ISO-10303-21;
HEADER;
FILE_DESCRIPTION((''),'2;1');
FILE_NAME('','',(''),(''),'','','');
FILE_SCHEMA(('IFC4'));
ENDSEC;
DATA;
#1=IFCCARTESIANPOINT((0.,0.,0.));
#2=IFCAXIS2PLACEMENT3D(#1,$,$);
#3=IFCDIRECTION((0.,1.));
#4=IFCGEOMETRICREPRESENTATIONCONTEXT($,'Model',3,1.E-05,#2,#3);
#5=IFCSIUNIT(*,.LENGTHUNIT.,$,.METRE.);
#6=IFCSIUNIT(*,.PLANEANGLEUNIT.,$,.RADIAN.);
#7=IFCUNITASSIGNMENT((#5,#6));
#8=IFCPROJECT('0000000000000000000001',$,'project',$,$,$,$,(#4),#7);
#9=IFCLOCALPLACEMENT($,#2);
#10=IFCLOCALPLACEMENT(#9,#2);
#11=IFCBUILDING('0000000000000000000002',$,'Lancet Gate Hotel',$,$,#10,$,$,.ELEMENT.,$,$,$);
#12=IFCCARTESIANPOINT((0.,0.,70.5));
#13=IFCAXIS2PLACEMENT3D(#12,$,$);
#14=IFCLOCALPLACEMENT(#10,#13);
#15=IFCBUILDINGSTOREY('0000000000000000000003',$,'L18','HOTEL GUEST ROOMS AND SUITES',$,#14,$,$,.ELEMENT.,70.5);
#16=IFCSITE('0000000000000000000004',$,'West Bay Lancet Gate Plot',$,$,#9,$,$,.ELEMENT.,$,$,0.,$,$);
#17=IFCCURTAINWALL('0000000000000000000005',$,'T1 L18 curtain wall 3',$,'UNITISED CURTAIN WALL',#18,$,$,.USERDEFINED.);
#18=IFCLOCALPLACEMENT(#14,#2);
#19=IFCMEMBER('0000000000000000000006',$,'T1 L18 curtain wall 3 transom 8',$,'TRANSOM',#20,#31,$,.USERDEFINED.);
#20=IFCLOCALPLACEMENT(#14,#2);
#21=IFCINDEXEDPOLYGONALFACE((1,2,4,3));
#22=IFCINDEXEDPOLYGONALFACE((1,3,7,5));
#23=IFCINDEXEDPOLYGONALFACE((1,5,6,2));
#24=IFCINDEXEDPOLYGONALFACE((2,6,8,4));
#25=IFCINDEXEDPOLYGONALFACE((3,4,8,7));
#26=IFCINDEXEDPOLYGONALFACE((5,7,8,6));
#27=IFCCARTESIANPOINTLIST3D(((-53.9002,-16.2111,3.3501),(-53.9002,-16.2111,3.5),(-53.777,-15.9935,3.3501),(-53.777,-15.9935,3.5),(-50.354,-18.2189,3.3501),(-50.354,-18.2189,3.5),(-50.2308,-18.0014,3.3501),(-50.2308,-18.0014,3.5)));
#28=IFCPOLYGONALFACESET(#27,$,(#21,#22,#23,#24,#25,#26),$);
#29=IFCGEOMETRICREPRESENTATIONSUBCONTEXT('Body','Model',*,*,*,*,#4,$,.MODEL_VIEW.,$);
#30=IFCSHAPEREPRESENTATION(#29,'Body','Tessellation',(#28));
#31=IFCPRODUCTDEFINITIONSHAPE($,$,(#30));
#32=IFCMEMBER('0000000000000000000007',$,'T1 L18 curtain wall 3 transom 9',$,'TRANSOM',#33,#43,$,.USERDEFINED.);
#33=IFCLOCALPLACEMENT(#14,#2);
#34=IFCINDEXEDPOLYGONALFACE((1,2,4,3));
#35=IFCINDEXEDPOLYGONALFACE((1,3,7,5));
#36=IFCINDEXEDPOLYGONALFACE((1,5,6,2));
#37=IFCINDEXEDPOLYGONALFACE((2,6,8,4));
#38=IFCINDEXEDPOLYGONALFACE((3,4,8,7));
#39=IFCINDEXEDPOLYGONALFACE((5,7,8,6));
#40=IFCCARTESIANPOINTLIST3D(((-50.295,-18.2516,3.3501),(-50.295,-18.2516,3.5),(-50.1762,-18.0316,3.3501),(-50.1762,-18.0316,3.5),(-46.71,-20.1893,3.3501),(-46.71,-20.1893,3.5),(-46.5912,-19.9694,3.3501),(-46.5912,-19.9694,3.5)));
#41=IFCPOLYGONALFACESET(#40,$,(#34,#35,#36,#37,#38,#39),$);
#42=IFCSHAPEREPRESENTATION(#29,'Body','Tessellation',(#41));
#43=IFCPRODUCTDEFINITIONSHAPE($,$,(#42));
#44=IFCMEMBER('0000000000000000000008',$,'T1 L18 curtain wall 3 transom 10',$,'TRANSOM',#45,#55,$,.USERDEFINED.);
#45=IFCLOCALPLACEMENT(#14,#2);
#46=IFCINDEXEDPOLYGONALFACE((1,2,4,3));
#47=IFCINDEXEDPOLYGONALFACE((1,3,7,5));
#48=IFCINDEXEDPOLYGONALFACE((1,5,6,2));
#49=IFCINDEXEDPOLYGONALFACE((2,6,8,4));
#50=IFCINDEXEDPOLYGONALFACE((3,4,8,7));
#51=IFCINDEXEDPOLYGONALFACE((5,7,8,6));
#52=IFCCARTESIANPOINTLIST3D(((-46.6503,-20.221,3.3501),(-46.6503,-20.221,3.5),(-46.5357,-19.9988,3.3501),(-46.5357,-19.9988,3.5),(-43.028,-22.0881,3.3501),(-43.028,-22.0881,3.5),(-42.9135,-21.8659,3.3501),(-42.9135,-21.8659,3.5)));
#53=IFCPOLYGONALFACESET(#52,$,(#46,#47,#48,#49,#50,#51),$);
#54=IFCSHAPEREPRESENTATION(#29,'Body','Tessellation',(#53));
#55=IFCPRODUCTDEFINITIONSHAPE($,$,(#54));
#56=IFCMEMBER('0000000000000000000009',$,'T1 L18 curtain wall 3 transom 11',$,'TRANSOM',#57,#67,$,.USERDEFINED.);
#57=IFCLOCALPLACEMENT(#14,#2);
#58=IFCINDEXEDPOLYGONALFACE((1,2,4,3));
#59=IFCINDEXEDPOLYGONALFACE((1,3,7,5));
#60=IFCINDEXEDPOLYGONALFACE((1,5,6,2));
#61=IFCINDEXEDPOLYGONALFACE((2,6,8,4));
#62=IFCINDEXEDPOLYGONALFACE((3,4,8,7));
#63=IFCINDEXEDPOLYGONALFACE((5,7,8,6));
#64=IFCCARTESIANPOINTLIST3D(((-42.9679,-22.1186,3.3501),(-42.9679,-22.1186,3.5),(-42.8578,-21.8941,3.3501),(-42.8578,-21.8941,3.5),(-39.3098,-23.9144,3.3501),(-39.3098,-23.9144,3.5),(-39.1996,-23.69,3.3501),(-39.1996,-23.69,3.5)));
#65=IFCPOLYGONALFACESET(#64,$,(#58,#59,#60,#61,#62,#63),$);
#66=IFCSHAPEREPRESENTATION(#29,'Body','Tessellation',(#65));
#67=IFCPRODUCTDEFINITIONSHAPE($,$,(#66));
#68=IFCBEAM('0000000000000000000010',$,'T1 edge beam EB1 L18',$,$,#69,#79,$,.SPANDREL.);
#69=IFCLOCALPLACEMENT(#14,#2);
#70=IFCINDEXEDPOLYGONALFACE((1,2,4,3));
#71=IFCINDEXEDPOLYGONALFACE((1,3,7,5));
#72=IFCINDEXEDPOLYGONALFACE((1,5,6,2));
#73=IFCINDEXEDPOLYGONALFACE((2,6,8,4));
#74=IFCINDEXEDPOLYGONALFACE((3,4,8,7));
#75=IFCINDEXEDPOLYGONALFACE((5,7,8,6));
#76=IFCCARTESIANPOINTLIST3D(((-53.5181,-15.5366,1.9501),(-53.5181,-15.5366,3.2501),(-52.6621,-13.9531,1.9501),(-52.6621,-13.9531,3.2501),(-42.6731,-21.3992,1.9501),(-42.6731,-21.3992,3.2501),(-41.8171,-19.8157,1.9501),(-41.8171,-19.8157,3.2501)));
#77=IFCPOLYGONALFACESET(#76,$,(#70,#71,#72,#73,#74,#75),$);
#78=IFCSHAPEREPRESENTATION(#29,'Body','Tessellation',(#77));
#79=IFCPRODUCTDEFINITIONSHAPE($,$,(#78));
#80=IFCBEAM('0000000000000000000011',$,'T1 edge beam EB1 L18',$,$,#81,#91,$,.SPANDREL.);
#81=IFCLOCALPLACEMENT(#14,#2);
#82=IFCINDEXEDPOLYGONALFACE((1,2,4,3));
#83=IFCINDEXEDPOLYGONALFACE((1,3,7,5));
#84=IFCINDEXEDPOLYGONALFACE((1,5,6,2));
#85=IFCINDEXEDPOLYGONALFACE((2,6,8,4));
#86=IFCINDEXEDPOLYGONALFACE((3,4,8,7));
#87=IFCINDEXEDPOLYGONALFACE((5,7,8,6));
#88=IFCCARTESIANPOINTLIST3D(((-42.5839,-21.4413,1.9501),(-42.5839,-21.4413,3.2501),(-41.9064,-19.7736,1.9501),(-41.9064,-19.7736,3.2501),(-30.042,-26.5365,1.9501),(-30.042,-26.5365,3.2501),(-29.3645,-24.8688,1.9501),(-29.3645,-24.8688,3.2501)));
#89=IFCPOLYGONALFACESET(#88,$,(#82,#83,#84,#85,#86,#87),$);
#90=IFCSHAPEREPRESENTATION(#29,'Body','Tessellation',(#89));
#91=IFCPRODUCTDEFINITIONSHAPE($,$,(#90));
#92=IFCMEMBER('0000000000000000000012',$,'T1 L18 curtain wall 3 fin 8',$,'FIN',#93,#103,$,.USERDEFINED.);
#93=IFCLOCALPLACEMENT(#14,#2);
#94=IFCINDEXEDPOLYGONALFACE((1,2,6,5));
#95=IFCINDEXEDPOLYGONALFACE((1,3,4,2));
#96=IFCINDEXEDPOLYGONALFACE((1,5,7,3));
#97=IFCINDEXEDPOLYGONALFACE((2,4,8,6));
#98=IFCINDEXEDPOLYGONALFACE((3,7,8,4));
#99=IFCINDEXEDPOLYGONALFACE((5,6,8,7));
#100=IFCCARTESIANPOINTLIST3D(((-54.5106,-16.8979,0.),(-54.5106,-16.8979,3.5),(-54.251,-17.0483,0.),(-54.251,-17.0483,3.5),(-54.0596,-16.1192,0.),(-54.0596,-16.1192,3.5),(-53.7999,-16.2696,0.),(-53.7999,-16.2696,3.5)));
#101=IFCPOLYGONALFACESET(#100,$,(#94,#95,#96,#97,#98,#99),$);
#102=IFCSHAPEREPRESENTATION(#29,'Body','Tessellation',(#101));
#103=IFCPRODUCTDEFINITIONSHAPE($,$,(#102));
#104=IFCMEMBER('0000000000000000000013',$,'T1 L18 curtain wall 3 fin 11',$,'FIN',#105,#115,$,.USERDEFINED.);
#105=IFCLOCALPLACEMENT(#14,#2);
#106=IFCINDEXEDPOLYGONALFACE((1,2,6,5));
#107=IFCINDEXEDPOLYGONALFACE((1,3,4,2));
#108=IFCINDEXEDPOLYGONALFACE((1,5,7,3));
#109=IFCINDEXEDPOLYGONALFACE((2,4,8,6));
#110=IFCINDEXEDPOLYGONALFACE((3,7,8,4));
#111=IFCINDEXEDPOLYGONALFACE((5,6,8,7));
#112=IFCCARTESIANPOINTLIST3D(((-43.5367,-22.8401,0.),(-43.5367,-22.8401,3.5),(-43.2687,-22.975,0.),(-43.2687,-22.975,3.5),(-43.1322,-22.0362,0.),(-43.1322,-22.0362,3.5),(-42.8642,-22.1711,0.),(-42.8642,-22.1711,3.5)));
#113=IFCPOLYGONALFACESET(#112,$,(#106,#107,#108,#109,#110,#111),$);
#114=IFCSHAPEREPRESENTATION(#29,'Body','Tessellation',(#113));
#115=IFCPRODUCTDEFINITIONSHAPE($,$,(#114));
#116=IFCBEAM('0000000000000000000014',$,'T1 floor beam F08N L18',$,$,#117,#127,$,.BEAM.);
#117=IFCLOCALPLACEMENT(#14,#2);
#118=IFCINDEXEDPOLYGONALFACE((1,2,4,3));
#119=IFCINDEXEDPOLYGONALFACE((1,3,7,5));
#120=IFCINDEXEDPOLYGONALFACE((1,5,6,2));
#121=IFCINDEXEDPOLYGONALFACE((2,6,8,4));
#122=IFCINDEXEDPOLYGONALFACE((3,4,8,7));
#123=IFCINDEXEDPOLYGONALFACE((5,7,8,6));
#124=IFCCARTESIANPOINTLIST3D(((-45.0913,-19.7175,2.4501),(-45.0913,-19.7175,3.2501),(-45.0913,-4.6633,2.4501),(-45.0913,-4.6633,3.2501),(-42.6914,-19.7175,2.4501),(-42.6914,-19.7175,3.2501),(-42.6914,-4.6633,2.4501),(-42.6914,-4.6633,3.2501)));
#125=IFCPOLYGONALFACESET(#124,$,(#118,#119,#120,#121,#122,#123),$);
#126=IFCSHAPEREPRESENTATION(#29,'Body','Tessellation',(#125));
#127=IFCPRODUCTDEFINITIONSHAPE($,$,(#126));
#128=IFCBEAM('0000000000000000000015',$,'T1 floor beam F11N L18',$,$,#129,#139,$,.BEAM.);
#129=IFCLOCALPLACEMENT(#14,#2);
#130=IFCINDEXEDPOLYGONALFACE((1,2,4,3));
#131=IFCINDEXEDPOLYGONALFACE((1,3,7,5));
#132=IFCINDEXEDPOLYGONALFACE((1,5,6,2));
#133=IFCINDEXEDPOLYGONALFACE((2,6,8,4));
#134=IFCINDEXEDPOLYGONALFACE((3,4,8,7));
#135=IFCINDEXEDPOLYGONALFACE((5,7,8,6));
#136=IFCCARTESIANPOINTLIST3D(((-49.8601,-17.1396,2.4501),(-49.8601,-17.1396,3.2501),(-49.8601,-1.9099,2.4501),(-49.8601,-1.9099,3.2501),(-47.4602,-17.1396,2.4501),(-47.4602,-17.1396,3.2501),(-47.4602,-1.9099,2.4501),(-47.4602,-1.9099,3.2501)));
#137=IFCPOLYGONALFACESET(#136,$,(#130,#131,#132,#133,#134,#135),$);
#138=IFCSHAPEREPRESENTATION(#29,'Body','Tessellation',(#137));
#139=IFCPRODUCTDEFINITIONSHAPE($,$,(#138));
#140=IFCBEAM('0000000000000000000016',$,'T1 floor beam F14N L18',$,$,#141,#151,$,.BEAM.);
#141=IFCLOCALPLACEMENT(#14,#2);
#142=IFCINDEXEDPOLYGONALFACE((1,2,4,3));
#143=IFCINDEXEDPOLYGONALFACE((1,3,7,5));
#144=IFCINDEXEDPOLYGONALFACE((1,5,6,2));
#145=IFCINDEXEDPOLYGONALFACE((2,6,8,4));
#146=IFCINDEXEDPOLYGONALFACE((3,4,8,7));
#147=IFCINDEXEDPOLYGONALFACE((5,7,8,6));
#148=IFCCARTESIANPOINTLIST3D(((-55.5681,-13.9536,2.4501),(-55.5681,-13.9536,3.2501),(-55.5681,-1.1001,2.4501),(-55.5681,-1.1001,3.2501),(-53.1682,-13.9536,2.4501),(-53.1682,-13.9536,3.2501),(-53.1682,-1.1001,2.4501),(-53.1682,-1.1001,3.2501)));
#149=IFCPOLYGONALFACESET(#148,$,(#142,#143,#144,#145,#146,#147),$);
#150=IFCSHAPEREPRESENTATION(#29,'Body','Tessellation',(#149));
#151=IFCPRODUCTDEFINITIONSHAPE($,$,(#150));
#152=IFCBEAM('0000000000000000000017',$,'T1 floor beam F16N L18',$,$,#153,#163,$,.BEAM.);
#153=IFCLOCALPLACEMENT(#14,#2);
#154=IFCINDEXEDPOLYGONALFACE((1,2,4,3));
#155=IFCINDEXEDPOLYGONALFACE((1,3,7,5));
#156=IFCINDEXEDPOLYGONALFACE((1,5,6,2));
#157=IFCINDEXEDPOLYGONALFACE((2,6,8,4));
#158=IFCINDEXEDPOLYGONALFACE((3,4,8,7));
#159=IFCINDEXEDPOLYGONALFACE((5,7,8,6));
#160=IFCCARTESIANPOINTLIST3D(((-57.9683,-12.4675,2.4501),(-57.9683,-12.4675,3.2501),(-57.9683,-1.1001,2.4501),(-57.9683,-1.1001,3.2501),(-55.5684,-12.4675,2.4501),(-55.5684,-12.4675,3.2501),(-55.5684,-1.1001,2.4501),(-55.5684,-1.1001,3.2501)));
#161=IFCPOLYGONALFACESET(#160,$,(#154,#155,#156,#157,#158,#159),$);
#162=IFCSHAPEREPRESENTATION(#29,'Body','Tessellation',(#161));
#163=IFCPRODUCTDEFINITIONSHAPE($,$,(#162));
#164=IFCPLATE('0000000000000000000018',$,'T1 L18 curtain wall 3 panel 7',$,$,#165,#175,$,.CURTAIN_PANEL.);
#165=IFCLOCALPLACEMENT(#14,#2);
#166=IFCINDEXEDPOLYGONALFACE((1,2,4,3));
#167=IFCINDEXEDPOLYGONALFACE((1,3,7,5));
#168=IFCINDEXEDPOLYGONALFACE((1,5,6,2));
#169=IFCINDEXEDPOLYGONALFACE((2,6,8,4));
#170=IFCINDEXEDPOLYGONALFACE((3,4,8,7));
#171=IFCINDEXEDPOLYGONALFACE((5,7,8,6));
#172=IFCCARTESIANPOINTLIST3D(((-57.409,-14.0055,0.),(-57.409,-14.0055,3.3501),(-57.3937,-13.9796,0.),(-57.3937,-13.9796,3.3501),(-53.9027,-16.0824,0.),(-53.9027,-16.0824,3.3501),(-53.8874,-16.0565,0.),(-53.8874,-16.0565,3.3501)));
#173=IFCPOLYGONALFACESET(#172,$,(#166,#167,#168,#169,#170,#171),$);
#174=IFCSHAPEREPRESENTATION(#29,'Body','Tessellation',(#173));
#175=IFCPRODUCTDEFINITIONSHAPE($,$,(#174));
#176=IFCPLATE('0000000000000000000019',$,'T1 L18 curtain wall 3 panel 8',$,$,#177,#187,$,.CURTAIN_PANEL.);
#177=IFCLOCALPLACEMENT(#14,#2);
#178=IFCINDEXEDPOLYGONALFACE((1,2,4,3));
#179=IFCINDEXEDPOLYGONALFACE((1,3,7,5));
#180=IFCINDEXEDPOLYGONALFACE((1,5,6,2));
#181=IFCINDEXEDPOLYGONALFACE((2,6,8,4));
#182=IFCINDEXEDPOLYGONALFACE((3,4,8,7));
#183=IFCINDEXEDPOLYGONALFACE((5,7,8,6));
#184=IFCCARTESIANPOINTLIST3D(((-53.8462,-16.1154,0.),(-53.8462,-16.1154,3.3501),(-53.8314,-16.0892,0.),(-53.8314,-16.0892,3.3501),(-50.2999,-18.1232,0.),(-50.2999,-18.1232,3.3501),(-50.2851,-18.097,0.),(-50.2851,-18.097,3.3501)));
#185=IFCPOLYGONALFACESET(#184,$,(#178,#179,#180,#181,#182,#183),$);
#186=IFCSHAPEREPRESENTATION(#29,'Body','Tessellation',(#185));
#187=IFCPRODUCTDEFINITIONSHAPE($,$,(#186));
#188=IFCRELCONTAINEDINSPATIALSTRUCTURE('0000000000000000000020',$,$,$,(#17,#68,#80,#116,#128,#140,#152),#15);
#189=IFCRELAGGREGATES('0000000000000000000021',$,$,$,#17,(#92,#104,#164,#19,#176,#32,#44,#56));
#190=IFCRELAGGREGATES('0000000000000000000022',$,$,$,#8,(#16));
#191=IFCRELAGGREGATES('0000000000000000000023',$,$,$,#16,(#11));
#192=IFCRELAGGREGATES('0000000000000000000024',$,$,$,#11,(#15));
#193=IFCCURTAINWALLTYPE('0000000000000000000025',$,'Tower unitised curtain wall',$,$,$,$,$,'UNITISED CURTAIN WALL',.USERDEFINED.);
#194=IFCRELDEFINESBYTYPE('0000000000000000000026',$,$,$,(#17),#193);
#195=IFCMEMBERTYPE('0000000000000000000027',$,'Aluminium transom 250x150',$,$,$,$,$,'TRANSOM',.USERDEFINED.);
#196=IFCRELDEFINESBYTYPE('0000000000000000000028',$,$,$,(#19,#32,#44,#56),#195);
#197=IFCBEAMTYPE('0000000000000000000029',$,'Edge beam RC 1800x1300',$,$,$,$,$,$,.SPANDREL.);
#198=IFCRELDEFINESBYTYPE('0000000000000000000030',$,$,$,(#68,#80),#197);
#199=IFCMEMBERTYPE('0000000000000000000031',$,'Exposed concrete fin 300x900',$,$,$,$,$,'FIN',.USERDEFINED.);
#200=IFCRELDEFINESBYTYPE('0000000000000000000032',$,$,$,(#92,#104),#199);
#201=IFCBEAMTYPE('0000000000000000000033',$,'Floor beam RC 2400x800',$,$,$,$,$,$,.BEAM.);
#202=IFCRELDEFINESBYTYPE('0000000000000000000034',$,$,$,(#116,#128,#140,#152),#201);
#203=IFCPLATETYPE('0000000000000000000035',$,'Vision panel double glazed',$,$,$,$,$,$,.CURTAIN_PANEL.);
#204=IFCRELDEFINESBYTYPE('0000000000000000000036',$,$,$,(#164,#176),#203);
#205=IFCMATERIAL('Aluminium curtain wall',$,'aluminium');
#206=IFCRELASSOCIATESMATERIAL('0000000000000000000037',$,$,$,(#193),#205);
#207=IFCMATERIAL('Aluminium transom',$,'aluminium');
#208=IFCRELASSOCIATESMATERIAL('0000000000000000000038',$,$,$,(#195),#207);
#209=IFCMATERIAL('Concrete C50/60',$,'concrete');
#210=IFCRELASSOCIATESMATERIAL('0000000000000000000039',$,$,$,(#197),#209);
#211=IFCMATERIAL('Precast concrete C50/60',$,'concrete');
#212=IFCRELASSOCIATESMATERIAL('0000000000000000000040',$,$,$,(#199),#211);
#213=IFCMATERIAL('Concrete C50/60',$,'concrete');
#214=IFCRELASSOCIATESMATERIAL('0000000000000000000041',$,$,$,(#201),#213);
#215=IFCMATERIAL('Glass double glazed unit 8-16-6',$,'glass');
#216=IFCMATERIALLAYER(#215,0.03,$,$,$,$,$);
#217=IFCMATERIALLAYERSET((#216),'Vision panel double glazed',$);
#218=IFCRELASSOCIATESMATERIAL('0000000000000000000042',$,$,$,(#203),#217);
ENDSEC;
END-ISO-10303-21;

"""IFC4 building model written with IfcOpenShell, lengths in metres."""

from ifc_helpers import new_model, si_unit, direction, frame, origin, origin_2d, place, context, subcontext, project, spatial, rectangle, extrude, material, layer, layer_set, material_profile, profile_set, type_object, element, aggregate, save


model = new_model("IFC4")

# Units and contexts
model_context = context("Model", 3, precision=1e-05, world=origin(), true_north=direction((0.0, 1.0)))
body_context = subcontext(model_context, "Body", "Model", "MODEL_VIEW")
ifc_project = project(units=[si_unit("LENGTHUNIT", "METRE"), si_unit("PLANEANGLEUNIT", "RADIAN")], contexts=[model_context])

# Site, building, storey
site_placement = place(None, origin())
site = spatial("IfcSite", under=ifc_project, at=site_placement, Name="West Bay Lancet Gate Plot", CompositionType="ELEMENT", RefElevation=0.0)
building_placement = place(site_placement, origin())
building = spatial("IfcBuilding", under=site, at=building_placement, Name="Lancet Gate Hotel", CompositionType="ELEMENT")
storey_placement = place(building_placement, frame((0.0, 0.0, 70.5)))
storey = spatial("IfcBuildingStorey", under=building, at=storey_placement, Name="L18", Description="HOTEL GUEST ROOMS AND SUITES", CompositionType="ELEMENT", Elevation=70.5)

# Curtain wall, members
ifc_material_1 = material(Name="Aluminium curtain wall", Category="aluminium")
curtain_wall_type = type_object("IfcCurtainWallType", Name="Tower unitised curtain wall", ElementType="UNITISED CURTAIN WALL", PredefinedType="USERDEFINED", material=ifc_material_1)
curtain_wall_placement = place(storey_placement, origin())
curtain_wall = element("IfcCurtainWall", 1, at=curtain_wall_placement, inside=storey, type_object=curtain_wall_type, Name="T1 L18 curtain wall 3", ObjectType="UNITISED CURTAIN WALL", PredefinedType="USERDEFINED")
ifc_material_2 = material(Name="Aluminium transom", Category="aluminium")
ifc_material_profile_1 = material_profile(ifc_material_2, rectangle(XDim=0.25, YDim=0.1499, at=origin_2d()), Name="TRANSOM 250x150")
ifc_profile_set_1 = profile_set([ifc_material_profile_1], Name="Aluminium transom")
member_type_1 = type_object("IfcMemberType", Name="Aluminium transom 250x150", ElementType="TRANSOM", PredefinedType="USERDEFINED", material=ifc_profile_set_1)
member_1_placement = place(storey_placement, frame((-53.8386, -16.1023, 3.425), z_axis=(0.870198, -0.492703, 0.0), x_axis=(0.492703, 0.870198, 0.0)))
member_1 = element("IfcMember", 2, at=member_1_placement, type_object=member_type_1, Name="T1 L18 curtain wall 3 transom 8", ObjectType="TRANSOM", PredefinedType="USERDEFINED", context=body_context, shape_type="SweptSolid", body=[
    extrude(rectangle(XDim=0.25, YDim=0.1499, at=origin_2d()), origin(), (0.0, 0.0, 1.0), 4.0752),
])
member_2_placement = place(storey_placement, frame((-50.2356, -18.1416, 3.425), z_axis=(0.879714, -0.475503, 0.0), x_axis=(0.475503, 0.879714, 0.0)))
member_2 = element("IfcMember", 3, at=member_2_placement, type_object=member_type_1, Name="T1 L18 curtain wall 3 transom 9", ObjectType="TRANSOM", PredefinedType="USERDEFINED", context=body_context, shape_type="SweptSolid", body=[
    extrude(rectangle(XDim=0.25, YDim=0.1499, at=origin_2d()), origin(), (0.0, 0.0, 1.0), 4.0752),
])
member_3_placement = place(storey_placement, frame((-46.593, -20.1099, 3.425), z_axis=(0.88886, -0.458179, 0.0), x_axis=(0.458179, 0.88886, 0.0)))
member_3 = element("IfcMember", 4, at=member_3_placement, type_object=member_type_1, Name="T1 L18 curtain wall 3 transom 10", ObjectType="TRANSOM", PredefinedType="USERDEFINED", context=body_context, shape_type="SweptSolid", body=[
    extrude(rectangle(XDim=0.25, YDim=0.1499, at=origin_2d()), origin(), (0.0, 0.0, 1.0), 4.0752),
])
member_4_placement = place(storey_placement, frame((-42.9128, -22.0063, 3.425), z_axis=(0.897662, -0.440684, 0.0), x_axis=(0.440684, 0.897662, 0.0)))
member_4 = element("IfcMember", 5, at=member_4_placement, type_object=member_type_1, Name="T1 L18 curtain wall 3 transom 11", ObjectType="TRANSOM", PredefinedType="USERDEFINED", context=body_context, shape_type="SweptSolid", body=[
    extrude(rectangle(XDim=0.25, YDim=0.1499, at=origin_2d()), origin(), (0.0, 0.0, 1.0), 4.0752),
])

# Beams
ifc_material_3 = material(Name="Concrete C50/60", Category="concrete")
ifc_material_profile_2 = material_profile(ifc_material_3, rectangle(XDim=1.8, YDim=1.3, at=origin_2d()), Name="RC 1800x1300")
ifc_profile_set_2 = profile_set([ifc_material_profile_2], Name="Concrete C50/60")
beam_type_1 = type_object("IfcBeamType", Name="Edge beam RC 1800x1300", PredefinedType="SPANDREL", material=ifc_profile_set_2)
beam_1_placement = place(storey_placement, frame((-53.0901, -14.7449, 2.6001), z_axis=(0.879693, -0.475542, 0.0), x_axis=(0.475542, 0.879693, 0.0)))
element("IfcBeam", 6, at=beam_1_placement, inside=storey, type_object=beam_type_1, Name="T1 edge beam EB1 L18", PredefinedType="SPANDREL", context=body_context, shape_type="SweptSolid", body=[
    extrude(rectangle(XDim=1.8, YDim=1.3, at=origin_2d()), origin(), (0.0, 0.0, 1.0), 12.3281),
])
beam_2_placement = place(storey_placement, frame((-42.2451, -20.6074, 2.6001), z_axis=(0.926463, -0.376385, 0.0), x_axis=(0.376385, 0.926463, 0.0)))
element("IfcBeam", 7, at=beam_2_placement, inside=storey, type_object=beam_type_1, Name="T1 edge beam EB1 L18", PredefinedType="SPANDREL", context=body_context, shape_type="SweptSolid", body=[
    extrude(rectangle(XDim=1.8, YDim=1.3, at=origin_2d()), origin(), (0.0, 0.0, 1.0), 13.5374),
])

# Members
ifc_material_4 = material(Name="Precast concrete C50/60", Category="concrete")
ifc_material_profile_3 = material_profile(ifc_material_4, rectangle(XDim=0.3, YDim=0.8999, at=origin_2d()), Name="FIN 300x900")
ifc_profile_set_3 = profile_set([ifc_material_profile_3], Name="Precast concrete C50/60")
member_type_2 = type_object("IfcMemberType", Name="Exposed concrete fin 300x900", ElementType="FIN", PredefinedType="USERDEFINED", material=ifc_profile_set_3)
member_5_placement = place(storey_placement, frame((-54.1553, -16.5837, 0.0), z_axis=(0.0, 0.0, 1.0), x_axis=(0.865335, -0.501194, 0.0)))
member_5 = element("IfcMember", 8, at=member_5_placement, type_object=member_type_2, Name="T1 L18 curtain wall 3 fin 8", ObjectType="FIN", PredefinedType="USERDEFINED", context=body_context, shape_type="SweptSolid", body=[
    extrude(rectangle(XDim=0.3, YDim=0.8999, at=origin_2d()), origin(), (0.0, 0.0, 1.0), 3.5),
])
member_6_placement = place(storey_placement, frame((-43.2004, -22.5056, 0.0), z_axis=(0.0, 0.0, 1.0), x_axis=(0.893292, -0.449478, 0.0)))
member_6 = element("IfcMember", 9, at=member_6_placement, type_object=member_type_2, Name="T1 L18 curtain wall 3 fin 11", ObjectType="FIN", PredefinedType="USERDEFINED", context=body_context, shape_type="SweptSolid", body=[
    extrude(rectangle(XDim=0.3, YDim=0.8999, at=origin_2d()), origin(), (0.0, 0.0, 1.0), 3.5),
])

# Beams
ifc_material_5 = material(Name="Concrete C50/60", Category="concrete")
ifc_material_profile_4 = material_profile(ifc_material_5, rectangle(XDim=2.3999, YDim=0.8, at=origin_2d()), Name="RC 2400x800")
ifc_profile_set_4 = profile_set([ifc_material_profile_4], Name="Concrete C50/60")
beam_type_2 = type_object("IfcBeamType", Name="Floor beam RC 2400x800", PredefinedType="BEAM", material=ifc_profile_set_4)
beam_3_placement = place(storey_placement, frame((-43.8914, -4.6633, 2.8501), z_axis=(0.0, -1.0, 0.0), x_axis=(1.0, 0.0, 0.0)))
element("IfcBeam", 10, at=beam_3_placement, inside=storey, type_object=beam_type_2, Name="T1 floor beam F08N L18", PredefinedType="BEAM", context=body_context, shape_type="SweptSolid", body=[
    extrude(rectangle(XDim=2.3999, YDim=0.8, at=origin_2d()), origin(), (0.0, 0.0, 1.0), 15.0542),
])
beam_4_placement = place(storey_placement, frame((-48.6602, -1.9099, 2.8501), z_axis=(0.0, -1.0, 0.0), x_axis=(1.0, 0.0, 0.0)))
element("IfcBeam", 11, at=beam_4_placement, inside=storey, type_object=beam_type_2, Name="T1 floor beam F11N L18", PredefinedType="BEAM", context=body_context, shape_type="SweptSolid", body=[
    extrude(rectangle(XDim=2.3999, YDim=0.8, at=origin_2d()), origin(), (0.0, 0.0, 1.0), 15.2297),
])
beam_5_placement = place(storey_placement, frame((-54.3682, -1.1001, 2.8501), z_axis=(0.0, -1.0, 0.0), x_axis=(1.0, 0.0, 0.0)))
element("IfcBeam", 12, at=beam_5_placement, inside=storey, type_object=beam_type_2, Name="T1 floor beam F14N L18", PredefinedType="BEAM", context=body_context, shape_type="SweptSolid", body=[
    extrude(rectangle(XDim=2.3999, YDim=0.8, at=origin_2d()), origin(), (0.0, 0.0, 1.0), 12.8535),
])
beam_6_placement = place(storey_placement, frame((-56.7683, -1.1001, 2.8501), z_axis=(0.0, -1.0, 0.0), x_axis=(1.0, 0.0, 0.0)))
element("IfcBeam", 13, at=beam_6_placement, inside=storey, type_object=beam_type_2, Name="T1 floor beam F16N L18", PredefinedType="BEAM", context=body_context, shape_type="SweptSolid", body=[
    extrude(rectangle(XDim=2.3999, YDim=0.8, at=origin_2d()), origin(), (0.0, 0.0, 1.0), 11.3674),
])

# Plates
ifc_material_6 = material(Name="Glass double glazed unit 8-16-6", Category="glass")
ifc_layer_1 = layer(ifc_material_6, 0.03)
ifc_layer_set_1 = layer_set([ifc_layer_1], Name="Vision panel double glazed")
plate_type = type_object("IfcPlateType", Name="Vision panel double glazed", PredefinedType="CURTAIN_PANEL", material=ifc_layer_set_1)
plate_1_placement = place(storey_placement, frame((-55.6482, -15.031, 0.0), z_axis=(0.0, 0.0, 1.0), x_axis=(0.860382, -0.50965, 0.0)))
plate_1 = element("IfcPlate", 14, at=plate_1_placement, type_object=plate_type, Name="T1 L18 curtain wall 3 panel 7", PredefinedType="CURTAIN_PANEL", context=body_context, shape_type="SweptSolid", body=[
    extrude(rectangle(XDim=4.0752, YDim=0.03, at=origin_2d()), origin(), (0.0, 0.0, 1.0), 3.3501),
])
plate_2_placement = place(storey_placement, frame((-52.0657, -17.1062, 0.0), z_axis=(0.0, 0.0, 1.0), x_axis=(0.870205, -0.49269, 0.0)))
plate_2 = element("IfcPlate", 15, at=plate_2_placement, type_object=plate_type, Name="T1 L18 curtain wall 3 panel 8", PredefinedType="CURTAIN_PANEL", context=body_context, shape_type="SweptSolid", body=[
    extrude(rectangle(XDim=4.0752, YDim=0.03, at=origin_2d()), origin(), (0.0, 0.0, 1.0), 3.3501),
])
aggregate(curtain_wall, [member_5, member_6, plate_1, member_1, plate_2, member_2, member_3, member_4])

save(model, "model.ifc")
